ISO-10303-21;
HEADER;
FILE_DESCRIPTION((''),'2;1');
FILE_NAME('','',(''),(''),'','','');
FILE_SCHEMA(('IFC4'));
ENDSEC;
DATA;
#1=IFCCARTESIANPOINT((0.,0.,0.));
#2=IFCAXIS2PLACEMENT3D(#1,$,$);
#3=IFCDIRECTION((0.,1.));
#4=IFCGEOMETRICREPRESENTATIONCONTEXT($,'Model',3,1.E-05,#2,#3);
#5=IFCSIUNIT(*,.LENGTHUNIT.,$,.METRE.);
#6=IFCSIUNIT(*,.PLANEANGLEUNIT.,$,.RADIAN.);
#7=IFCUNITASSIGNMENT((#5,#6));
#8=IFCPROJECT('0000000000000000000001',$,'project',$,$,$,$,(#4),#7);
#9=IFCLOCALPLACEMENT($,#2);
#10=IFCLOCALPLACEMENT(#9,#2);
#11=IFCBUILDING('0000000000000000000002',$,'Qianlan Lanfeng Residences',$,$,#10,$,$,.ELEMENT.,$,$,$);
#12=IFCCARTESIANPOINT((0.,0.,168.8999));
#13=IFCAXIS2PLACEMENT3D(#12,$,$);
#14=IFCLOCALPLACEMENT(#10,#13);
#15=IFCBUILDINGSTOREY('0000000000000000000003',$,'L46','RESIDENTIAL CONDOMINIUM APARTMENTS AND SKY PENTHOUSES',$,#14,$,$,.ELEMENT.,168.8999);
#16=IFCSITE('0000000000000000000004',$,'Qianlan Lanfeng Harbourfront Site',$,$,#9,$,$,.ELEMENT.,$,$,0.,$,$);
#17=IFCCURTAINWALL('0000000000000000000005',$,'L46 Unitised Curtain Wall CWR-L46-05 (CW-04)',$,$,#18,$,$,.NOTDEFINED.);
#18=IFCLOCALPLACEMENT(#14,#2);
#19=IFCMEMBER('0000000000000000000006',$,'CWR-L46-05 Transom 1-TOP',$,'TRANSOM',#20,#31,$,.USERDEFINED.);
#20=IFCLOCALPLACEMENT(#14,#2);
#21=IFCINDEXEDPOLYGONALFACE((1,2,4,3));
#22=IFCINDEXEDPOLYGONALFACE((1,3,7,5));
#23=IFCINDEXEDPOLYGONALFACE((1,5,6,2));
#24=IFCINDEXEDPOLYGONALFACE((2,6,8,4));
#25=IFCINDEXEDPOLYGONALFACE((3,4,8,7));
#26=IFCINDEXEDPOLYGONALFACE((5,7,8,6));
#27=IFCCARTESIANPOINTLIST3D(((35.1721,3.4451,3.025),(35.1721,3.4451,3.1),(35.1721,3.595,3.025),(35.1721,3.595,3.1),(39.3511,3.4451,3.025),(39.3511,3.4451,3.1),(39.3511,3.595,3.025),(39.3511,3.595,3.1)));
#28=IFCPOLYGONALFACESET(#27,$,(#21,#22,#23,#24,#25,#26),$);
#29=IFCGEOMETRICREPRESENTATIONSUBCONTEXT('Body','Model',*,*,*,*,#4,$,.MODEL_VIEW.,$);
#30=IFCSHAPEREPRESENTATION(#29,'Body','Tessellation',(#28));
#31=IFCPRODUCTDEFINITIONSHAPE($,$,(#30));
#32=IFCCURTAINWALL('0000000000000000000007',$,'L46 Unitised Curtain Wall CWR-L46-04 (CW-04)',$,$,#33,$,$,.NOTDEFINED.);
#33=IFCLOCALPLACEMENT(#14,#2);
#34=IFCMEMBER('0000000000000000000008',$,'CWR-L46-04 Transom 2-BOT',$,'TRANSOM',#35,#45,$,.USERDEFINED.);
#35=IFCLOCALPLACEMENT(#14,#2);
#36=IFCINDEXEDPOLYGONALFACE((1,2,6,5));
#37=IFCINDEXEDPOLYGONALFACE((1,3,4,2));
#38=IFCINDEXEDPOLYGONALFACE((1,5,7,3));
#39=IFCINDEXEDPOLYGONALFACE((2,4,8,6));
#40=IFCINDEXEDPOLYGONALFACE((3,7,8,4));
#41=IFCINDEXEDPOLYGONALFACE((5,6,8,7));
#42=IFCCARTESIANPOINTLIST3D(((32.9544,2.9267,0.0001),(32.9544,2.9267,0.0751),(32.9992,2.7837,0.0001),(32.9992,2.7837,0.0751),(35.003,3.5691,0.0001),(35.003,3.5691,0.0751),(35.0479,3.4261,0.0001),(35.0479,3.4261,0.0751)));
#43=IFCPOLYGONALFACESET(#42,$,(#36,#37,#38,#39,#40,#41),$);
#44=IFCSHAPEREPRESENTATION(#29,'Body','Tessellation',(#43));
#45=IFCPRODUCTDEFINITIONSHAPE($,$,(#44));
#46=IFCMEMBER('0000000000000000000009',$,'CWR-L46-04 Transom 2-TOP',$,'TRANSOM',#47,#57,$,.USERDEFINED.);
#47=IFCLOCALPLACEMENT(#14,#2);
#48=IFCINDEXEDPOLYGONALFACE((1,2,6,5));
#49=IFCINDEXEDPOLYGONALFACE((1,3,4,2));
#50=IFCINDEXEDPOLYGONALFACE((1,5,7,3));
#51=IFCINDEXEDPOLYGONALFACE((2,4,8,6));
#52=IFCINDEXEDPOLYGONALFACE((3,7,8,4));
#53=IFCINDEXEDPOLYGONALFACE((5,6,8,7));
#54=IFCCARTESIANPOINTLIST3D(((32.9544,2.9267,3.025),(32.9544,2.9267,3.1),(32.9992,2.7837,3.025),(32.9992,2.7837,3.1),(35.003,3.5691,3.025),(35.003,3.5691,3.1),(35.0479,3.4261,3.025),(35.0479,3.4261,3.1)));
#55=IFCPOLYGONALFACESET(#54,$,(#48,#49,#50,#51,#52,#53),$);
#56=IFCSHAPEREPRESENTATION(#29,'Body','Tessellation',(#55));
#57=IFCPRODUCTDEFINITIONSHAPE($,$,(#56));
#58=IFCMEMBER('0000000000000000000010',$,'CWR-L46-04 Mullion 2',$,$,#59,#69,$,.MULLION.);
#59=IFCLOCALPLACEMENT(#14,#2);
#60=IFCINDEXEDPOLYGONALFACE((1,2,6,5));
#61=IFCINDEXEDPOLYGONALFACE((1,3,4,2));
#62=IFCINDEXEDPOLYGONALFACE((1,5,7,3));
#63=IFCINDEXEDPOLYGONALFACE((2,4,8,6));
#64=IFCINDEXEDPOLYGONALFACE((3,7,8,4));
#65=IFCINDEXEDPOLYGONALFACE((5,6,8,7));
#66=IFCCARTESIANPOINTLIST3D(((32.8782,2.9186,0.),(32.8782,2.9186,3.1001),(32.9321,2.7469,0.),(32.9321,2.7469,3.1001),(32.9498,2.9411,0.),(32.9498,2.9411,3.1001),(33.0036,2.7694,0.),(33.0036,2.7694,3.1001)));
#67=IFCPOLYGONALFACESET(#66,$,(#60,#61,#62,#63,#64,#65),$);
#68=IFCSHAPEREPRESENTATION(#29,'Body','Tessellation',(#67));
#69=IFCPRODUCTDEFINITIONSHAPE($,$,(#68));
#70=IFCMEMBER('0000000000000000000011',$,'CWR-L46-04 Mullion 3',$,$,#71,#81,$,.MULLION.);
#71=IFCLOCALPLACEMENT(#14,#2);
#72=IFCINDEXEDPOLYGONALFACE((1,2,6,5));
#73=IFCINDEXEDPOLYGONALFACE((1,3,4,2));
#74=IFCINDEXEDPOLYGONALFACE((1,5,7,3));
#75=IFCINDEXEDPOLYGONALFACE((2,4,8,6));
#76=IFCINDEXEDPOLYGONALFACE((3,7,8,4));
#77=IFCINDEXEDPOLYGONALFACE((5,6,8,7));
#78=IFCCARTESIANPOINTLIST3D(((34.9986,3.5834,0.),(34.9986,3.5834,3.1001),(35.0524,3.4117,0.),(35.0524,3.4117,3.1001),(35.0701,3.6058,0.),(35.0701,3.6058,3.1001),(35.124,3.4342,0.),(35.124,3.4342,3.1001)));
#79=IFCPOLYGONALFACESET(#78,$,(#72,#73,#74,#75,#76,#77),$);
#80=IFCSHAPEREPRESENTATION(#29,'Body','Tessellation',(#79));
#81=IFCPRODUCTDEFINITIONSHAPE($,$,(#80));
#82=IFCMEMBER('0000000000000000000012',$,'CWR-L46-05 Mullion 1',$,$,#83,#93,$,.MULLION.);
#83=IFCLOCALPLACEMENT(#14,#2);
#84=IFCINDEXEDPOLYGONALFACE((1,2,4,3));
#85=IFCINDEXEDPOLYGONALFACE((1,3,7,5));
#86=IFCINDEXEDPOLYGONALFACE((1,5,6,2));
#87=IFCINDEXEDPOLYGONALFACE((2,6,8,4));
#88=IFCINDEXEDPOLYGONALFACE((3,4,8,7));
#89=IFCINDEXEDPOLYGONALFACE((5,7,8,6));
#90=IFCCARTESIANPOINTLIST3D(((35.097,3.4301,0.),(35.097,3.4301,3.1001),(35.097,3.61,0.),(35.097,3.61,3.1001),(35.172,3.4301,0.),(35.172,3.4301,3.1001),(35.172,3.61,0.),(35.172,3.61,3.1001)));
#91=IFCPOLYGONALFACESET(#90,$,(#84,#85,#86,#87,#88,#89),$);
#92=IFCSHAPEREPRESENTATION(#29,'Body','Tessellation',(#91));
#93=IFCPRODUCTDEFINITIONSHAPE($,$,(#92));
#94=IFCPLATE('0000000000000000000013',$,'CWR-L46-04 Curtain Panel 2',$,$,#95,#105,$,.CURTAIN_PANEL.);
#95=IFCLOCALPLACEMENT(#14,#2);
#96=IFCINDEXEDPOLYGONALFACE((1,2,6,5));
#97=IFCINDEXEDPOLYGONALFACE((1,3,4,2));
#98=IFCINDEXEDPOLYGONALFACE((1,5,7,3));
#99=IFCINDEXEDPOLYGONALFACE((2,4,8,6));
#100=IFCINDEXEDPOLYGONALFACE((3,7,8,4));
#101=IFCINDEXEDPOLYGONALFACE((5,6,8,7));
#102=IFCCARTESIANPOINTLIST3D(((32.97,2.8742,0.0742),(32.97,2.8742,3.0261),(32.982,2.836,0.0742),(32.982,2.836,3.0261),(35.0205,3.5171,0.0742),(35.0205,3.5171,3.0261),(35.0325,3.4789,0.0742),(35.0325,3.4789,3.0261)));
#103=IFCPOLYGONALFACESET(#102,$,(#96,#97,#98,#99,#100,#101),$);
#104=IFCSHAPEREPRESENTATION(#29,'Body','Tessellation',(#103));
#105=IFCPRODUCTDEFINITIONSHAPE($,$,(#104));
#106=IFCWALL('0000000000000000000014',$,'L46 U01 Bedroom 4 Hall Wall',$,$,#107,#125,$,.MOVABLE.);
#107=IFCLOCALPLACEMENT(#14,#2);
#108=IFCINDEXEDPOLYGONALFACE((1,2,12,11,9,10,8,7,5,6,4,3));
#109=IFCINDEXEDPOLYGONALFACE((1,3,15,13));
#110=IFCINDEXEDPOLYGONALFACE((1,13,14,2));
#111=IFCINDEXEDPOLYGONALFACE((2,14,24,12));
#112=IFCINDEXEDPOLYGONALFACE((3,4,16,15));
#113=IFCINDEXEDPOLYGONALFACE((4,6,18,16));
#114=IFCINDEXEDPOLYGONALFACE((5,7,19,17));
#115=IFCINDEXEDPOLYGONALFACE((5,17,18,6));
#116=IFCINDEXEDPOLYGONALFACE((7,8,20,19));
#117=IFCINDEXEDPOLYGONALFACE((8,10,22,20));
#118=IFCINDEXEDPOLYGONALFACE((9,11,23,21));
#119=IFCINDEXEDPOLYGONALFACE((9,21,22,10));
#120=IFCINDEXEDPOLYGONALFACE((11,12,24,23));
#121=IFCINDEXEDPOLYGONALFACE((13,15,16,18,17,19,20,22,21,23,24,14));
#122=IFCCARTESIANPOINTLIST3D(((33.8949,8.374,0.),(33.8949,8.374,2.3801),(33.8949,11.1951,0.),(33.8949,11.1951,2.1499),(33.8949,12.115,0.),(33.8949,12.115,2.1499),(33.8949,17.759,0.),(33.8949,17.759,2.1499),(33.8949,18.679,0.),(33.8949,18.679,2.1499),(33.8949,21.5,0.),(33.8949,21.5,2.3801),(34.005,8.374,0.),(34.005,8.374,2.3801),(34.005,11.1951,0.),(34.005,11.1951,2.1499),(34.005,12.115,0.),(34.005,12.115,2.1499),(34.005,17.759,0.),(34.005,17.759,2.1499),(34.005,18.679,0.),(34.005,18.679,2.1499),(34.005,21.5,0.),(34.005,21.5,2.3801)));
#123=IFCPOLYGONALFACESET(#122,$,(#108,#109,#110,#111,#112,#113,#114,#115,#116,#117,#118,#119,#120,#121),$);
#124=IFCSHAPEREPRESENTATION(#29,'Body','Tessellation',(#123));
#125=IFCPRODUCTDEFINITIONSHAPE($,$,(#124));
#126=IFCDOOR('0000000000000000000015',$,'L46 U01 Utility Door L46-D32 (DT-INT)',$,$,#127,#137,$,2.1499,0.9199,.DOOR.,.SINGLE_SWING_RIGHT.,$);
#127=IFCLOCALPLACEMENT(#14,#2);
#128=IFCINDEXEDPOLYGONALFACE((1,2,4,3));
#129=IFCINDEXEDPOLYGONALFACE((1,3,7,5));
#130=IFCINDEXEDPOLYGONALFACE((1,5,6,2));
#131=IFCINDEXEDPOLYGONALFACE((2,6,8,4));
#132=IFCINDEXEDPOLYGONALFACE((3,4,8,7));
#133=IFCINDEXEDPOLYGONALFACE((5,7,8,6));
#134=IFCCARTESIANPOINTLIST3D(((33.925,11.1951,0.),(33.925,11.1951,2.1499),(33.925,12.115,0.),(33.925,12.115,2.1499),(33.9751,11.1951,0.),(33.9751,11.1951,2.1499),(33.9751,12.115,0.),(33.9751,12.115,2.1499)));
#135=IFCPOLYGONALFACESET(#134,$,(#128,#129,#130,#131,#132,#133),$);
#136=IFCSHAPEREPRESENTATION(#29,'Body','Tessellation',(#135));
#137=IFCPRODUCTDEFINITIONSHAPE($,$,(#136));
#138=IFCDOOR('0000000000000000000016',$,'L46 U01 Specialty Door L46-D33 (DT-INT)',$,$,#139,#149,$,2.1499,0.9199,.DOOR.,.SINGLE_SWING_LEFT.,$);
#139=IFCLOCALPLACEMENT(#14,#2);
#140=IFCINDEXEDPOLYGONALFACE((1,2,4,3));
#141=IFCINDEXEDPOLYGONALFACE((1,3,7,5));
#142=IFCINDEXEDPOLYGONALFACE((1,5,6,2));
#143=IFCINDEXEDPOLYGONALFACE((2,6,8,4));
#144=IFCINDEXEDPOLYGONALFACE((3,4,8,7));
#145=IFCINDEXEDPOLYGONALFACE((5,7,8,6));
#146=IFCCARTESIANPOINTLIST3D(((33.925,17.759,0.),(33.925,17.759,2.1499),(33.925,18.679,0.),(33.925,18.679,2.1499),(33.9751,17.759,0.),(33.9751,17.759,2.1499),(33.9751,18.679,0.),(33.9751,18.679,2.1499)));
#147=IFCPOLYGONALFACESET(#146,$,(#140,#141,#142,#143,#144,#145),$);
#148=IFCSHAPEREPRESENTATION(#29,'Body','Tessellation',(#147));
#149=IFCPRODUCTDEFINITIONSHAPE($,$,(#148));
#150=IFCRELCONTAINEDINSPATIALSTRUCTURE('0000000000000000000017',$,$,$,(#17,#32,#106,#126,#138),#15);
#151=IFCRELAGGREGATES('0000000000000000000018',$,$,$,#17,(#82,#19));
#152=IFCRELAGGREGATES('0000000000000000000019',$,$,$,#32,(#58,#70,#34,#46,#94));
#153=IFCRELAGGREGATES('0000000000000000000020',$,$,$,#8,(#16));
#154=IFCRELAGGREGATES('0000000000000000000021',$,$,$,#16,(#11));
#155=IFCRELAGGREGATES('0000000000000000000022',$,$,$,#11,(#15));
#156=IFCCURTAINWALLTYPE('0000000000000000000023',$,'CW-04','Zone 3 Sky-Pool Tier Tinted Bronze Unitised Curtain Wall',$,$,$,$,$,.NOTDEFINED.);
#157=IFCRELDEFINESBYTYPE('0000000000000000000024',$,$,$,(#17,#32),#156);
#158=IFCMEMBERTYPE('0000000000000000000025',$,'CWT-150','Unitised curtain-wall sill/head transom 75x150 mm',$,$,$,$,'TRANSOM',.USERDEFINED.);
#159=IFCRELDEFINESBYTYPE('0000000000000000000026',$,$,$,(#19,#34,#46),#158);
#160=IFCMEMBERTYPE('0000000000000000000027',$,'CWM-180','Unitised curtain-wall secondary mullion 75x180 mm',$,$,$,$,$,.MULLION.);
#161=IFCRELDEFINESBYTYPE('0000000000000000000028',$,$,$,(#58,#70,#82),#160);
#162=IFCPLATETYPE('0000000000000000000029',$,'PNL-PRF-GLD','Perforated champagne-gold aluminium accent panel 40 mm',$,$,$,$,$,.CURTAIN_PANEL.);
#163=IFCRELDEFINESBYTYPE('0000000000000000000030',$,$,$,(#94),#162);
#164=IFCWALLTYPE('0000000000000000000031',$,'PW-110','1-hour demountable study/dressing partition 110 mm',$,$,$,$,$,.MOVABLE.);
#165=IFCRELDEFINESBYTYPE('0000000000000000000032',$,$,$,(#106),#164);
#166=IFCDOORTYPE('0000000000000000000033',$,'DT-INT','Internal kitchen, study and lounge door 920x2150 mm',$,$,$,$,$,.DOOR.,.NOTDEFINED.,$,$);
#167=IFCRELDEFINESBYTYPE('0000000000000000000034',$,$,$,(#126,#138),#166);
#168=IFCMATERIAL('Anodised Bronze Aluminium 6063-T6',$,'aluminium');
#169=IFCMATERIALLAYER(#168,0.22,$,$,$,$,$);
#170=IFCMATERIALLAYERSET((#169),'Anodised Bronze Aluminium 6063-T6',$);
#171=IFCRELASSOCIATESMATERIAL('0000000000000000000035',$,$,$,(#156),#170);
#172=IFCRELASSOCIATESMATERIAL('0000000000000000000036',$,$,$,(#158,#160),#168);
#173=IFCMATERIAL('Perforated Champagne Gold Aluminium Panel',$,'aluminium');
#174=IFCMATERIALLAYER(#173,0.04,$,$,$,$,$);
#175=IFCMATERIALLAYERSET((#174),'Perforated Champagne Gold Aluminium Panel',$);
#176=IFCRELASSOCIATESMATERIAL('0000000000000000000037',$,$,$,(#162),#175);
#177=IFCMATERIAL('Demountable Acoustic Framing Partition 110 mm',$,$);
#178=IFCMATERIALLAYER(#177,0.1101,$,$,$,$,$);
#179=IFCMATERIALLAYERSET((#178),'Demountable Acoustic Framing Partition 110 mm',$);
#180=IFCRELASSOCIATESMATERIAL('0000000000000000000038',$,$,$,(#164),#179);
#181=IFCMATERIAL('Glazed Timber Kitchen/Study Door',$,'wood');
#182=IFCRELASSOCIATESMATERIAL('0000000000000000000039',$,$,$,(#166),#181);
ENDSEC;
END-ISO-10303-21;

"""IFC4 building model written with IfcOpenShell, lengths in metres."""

from ifc_helpers import new_model, si_unit, direction, frame, frame_2d, origin, origin_2d, place, context, subcontext, project, spatial, rectangle, extrude, source, transform, mapped, material, layer, layer_set, material_profile, profile_set, type_object, element, fill, aggregate, save


model = new_model("IFC4")

# Units and contexts
model_context = context("Model", 3, precision=1e-05, world=origin(), true_north=direction((0.0, 1.0)))
body_context = subcontext(model_context, "Body", "Model", "MODEL_VIEW")
ifc_project = project(units=[si_unit("LENGTHUNIT", "METRE"), si_unit("PLANEANGLEUNIT", "RADIAN")], contexts=[model_context])

# Site, building, storey
site_placement = place(None, origin())
site = spatial("IfcSite", under=ifc_project, at=site_placement, Name="Qianlan Lanfeng Harbourfront Site", CompositionType="ELEMENT", RefElevation=0.0)
building_placement = place(site_placement, origin())
building = spatial("IfcBuilding", under=site, at=building_placement, Name="Qianlan Lanfeng Residences", CompositionType="ELEMENT")
storey_placement = place(building_placement, frame((0.0, 0.0, 168.8999)))
storey = spatial("IfcBuildingStorey", under=building, at=storey_placement, Name="L46", Description="RESIDENTIAL CONDOMINIUM APARTMENTS AND SKY PENTHOUSES", CompositionType="ELEMENT", Elevation=168.8999)

# Curtain walls, members
ifc_material_1 = material(Name="Anodised Bronze Aluminium 6063-T6", Category="aluminium")
ifc_layer_1 = layer(ifc_material_1, 0.22)
ifc_layer_set_1 = layer_set([ifc_layer_1], Name="Anodised Bronze Aluminium 6063-T6")
curtain_wall_type = type_object("IfcCurtainWallType", Name="CW-04", Description="Zone 3 Sky-Pool Tier Tinted Bronze Unitised Curtain Wall", PredefinedType="NOTDEFINED", material=ifc_layer_set_1)
curtain_wall_1_placement = place(storey_placement, origin())
curtain_wall_1 = element("IfcCurtainWall", 1, at=curtain_wall_1_placement, inside=storey, type_object=curtain_wall_type, Name="L46 Unitised Curtain Wall CWR-L46-05 (CW-04)", PredefinedType="NOTDEFINED")
ifc_material_profile_1 = material_profile(ifc_material_1, rectangle(XDim=0.075, YDim=0.1499, at=origin_2d()), Name="ALU TRANSOM 75x150")
ifc_profile_set_1 = profile_set([ifc_material_profile_1], Name="Anodised Bronze Aluminium 6063-T6")
member_type_1 = type_object("IfcMemberType", Name="CWT-150", Description="Unitised curtain-wall sill/head transom 75x150 mm", ElementType="TRANSOM", PredefinedType="USERDEFINED", material=ifc_profile_set_1)
shared_shape_1 = source(origin(), body_context, "Body", "SweptSolid", [
    extrude(rectangle(XDim=0.075, YDim=0.1499, at=origin_2d()), origin(), (0.0, 0.0, 1.0), 4.179),
])
member_1_placement = place(storey_placement, frame((35.1721, 3.52, 3.0625), z_axis=(1.0, 0.0, 0.0), x_axis=(0.0, 0.0, 1.0)))
member_1 = element("IfcMember", 2, at=member_1_placement, type_object=member_type_1, Name="CWR-L46-05 Transom 1-TOP", ObjectType="TRANSOM", PredefinedType="USERDEFINED", context=body_context, shape_type="MappedRepresentation", body=[
    mapped(shared_shape_1, transform((0.0, 0.0, 0.0), scale=1.0)),
])
curtain_wall_2_placement = place(storey_placement, origin())
curtain_wall_2 = element("IfcCurtainWall", 3, at=curtain_wall_2_placement, inside=storey, type_object=curtain_wall_type, Name="L46 Unitised Curtain Wall CWR-L46-04 (CW-04)", PredefinedType="NOTDEFINED")
shared_shape_2 = source(origin(), body_context, "Body", "SweptSolid", [
    extrude(rectangle(XDim=0.075, YDim=0.1499, at=origin_2d()), origin(), (0.0, 0.0, 1.0), 2.147),
])
member_2_placement = place(storey_placement, frame((32.9768, 2.8552, 0.0376), z_axis=(0.954194, 0.299188, 0.0), x_axis=(0.0, 0.0, 1.0)))
member_2 = element("IfcMember", 4, at=member_2_placement, type_object=member_type_1, Name="CWR-L46-04 Transom 2-BOT", ObjectType="TRANSOM", PredefinedType="USERDEFINED", context=body_context, shape_type="MappedRepresentation", body=[
    mapped(shared_shape_2, transform((0.0, 0.0, 0.0), scale=1.0)),
])
member_3_placement = place(storey_placement, frame((32.9768, 2.8552, 3.0625), z_axis=(0.954194, 0.299188, 0.0), x_axis=(0.0, 0.0, 1.0)))
member_3 = element("IfcMember", 5, at=member_3_placement, type_object=member_type_1, Name="CWR-L46-04 Transom 2-TOP", ObjectType="TRANSOM", PredefinedType="USERDEFINED", context=body_context, shape_type="MappedRepresentation", body=[
    mapped(shared_shape_2, transform((0.0, 0.0, 0.0), scale=1.0)),
])
ifc_material_profile_2 = material_profile(ifc_material_1, rectangle(XDim=0.075, YDim=0.1799, at=origin_2d()), Name="ALU MULLION 75x180")
ifc_profile_set_2 = profile_set([ifc_material_profile_2], Name="Anodised Bronze Aluminium 6063-T6")
member_type_2 = type_object("IfcMemberType", Name="CWM-180", Description="Unitised curtain-wall secondary mullion 75x180 mm", PredefinedType="MULLION", material=ifc_profile_set_2)
shared_shape_3 = source(origin(), body_context, "Body", "SweptSolid", [
    extrude(rectangle(XDim=0.075, YDim=0.1799, at=origin_2d()), origin(), (0.0, 0.0, 1.0), 3.1001),
])
member_4_placement = place(storey_placement, frame((32.9409, 2.844, 0.0), z_axis=(0.0, 0.0, 1.0), x_axis=(0.954196, 0.299182, 0.0)))
member_4 = element("IfcMember", 6, at=member_4_placement, type_object=member_type_2, Name="CWR-L46-04 Mullion 2", PredefinedType="MULLION", context=body_context, shape_type="MappedRepresentation", body=[
    mapped(shared_shape_3, transform((0.0, 0.0, 0.0), scale=1.0)),
])
member_5_placement = place(storey_placement, frame((35.0613, 3.5088, 0.0), z_axis=(0.0, 0.0, 1.0), x_axis=(0.954196, 0.299182, 0.0)))
member_5 = element("IfcMember", 7, at=member_5_placement, type_object=member_type_2, Name="CWR-L46-04 Mullion 3", PredefinedType="MULLION", context=body_context, shape_type="MappedRepresentation", body=[
    mapped(shared_shape_3, transform((0.0, 0.0, 0.0), scale=1.0)),
])

# Member
member_6_placement = place(storey_placement, frame((35.1345, 3.52, 0.0), z_axis=(0.0, 0.0, 1.0), x_axis=(1.0, 0.0, 0.0)))
member_6 = element("IfcMember", 8, at=member_6_placement, type_object=member_type_2, Name="CWR-L46-05 Mullion 1", PredefinedType="MULLION", context=body_context, shape_type="MappedRepresentation", body=[
    mapped(shared_shape_3, transform((0.0, 0.0, 0.0), scale=1.0)),
])
aggregate(curtain_wall_1, [member_6, member_1])

# Plate
ifc_material_2 = material(Name="Perforated Champagne Gold Aluminium Panel", Category="aluminium")
ifc_layer_2 = layer(ifc_material_2, 0.04)
ifc_layer_set_2 = layer_set([ifc_layer_2], Name="Perforated Champagne Gold Aluminium Panel")
plate_type = type_object("IfcPlateType", Name="PNL-PRF-GLD", Description="Perforated champagne-gold aluminium accent panel 40 mm", PredefinedType="CURTAIN_PANEL", material=ifc_layer_set_2)
shared_shape_4 = source(origin(), body_context, "Body", "SweptSolid", [
    extrude(rectangle(XDim=2.1489, YDim=0.04, at=origin_2d()), origin(), (0.0, 0.0, 1.0), 2.9519),
])
plate_placement = place(storey_placement, frame((34.0012, 3.1765, 0.0742), z_axis=(0.0, 0.0, 1.0), x_axis=(0.954196, 0.299182, 0.0)))
plate = element("IfcPlate", 9, at=plate_placement, type_object=plate_type, Name="CWR-L46-04 Curtain Panel 2", PredefinedType="CURTAIN_PANEL", context=body_context, shape_type="MappedRepresentation", body=[
    mapped(shared_shape_4, transform((0.0, 0.0, 0.0), scale=1.0)),
])
aggregate(curtain_wall_2, [member_4, member_5, member_2, member_3, plate])

# Wall, openings, doors
ifc_material_3 = material(Name="Demountable Acoustic Framing Partition 110 mm")
ifc_layer_3 = layer(ifc_material_3, 0.1101)
ifc_layer_set_3 = layer_set([ifc_layer_3], Name="Demountable Acoustic Framing Partition 110 mm")
wall_type_1 = type_object("IfcWallType", Name="PW-110", Description="1-hour demountable study/dressing partition 110 mm", PredefinedType="MOVABLE", material=ifc_layer_set_3)
wall_1_placement = place(storey_placement, frame((33.95, 8.374, 0.0), z_axis=(0.0, 0.0, 1.0), x_axis=(0.0, 1.0, 0.0)))
wall_1 = element("IfcWall", 10, at=wall_1_placement, inside=storey, type_object=wall_type_1, Name="L46 U01 Bedroom 4 Hall Wall", PredefinedType="MOVABLE", context=body_context, shape_type="SweptSolid", body=[
    extrude(rectangle(XDim=13.126, YDim=0.1101, at=frame_2d((6.563, 0.0))), origin(), (0.0, 0.0, 1.0), 2.3801),
])
opening_1_placement = place(wall_1_placement, frame((2.821, 0.0, 0.0)))
opening_1 = element("IfcOpeningElement", 11, at=opening_1_placement, cuts=wall_1, PredefinedType="OPENING", context=body_context, shape_type="SweptSolid", body=[
    extrude(rectangle(XDim=0.9199, YDim=2.1499, at=frame_2d((0.46, 1.075))), frame((0.0, 0.0649, 0.0), z_axis=(0.0, -1.0, 0.0), x_axis=(1.0, 0.0, 0.0)), (0.0, 0.0, 1.0), 0.1301),
])
opening_2_placement = place(wall_1_placement, frame((9.385, 0.0, 0.0)))
opening_2 = element("IfcOpeningElement", 12, at=opening_2_placement, cuts=wall_1, PredefinedType="OPENING", context=body_context, shape_type="SweptSolid", body=[
    extrude(rectangle(XDim=0.9199, YDim=2.1499, at=frame_2d((0.46, 1.075))), frame((0.0, 0.0649, 0.0), z_axis=(0.0, -1.0, 0.0), x_axis=(1.0, 0.0, 0.0)), (0.0, 0.0, 1.0), 0.1301),
])
ifc_material_4 = material(Name="Glazed Timber Kitchen/Study Door", Category="wood")
door_type_1 = type_object("IfcDoorType", Name="DT-INT", Description="Internal kitchen, study and lounge door 920x2150 mm", OperationType="NOTDEFINED", PredefinedType="DOOR", material=ifc_material_4)
door_1_placement = place(opening_1_placement, origin())
door_1 = element("IfcDoor", 13, at=door_1_placement, inside=storey, type_object=door_type_1, Name="L46 U01 Utility Door L46-D32 (DT-INT)", OperationType="SINGLE_SWING_RIGHT", OverallHeight=2.1499, OverallWidth=0.9199, PredefinedType="DOOR", context=body_context, shape_type="SweptSolid", body=[
    extrude(rectangle(XDim=0.9199, YDim=2.1499, at=frame_2d((0.46, 1.075))), frame((0.0, 0.0249, 0.0), z_axis=(0.0, -1.0, 0.0), x_axis=(1.0, 0.0, 0.0)), (0.0, 0.0, 1.0), 0.05),
])
fill(opening_1, door_1)
door_2_placement = place(opening_2_placement, origin())
door_2 = element("IfcDoor", 14, at=door_2_placement, inside=storey, type_object=door_type_1, Name="L46 U01 Specialty Door L46-D33 (DT-INT)", OperationType="SINGLE_SWING_LEFT", OverallHeight=2.1499, OverallWidth=0.9199, PredefinedType="DOOR", context=body_context, shape_type="SweptSolid", body=[
    extrude(rectangle(XDim=0.9199, YDim=2.1499, at=frame_2d((0.46, 1.075))), frame((0.0, 0.0249, 0.0), z_axis=(0.0, -1.0, 0.0), x_axis=(1.0, 0.0, 0.0)), (0.0, 0.0, 1.0), 0.05),
])
fill(opening_2, door_2)

save(model, "model.ifc")
